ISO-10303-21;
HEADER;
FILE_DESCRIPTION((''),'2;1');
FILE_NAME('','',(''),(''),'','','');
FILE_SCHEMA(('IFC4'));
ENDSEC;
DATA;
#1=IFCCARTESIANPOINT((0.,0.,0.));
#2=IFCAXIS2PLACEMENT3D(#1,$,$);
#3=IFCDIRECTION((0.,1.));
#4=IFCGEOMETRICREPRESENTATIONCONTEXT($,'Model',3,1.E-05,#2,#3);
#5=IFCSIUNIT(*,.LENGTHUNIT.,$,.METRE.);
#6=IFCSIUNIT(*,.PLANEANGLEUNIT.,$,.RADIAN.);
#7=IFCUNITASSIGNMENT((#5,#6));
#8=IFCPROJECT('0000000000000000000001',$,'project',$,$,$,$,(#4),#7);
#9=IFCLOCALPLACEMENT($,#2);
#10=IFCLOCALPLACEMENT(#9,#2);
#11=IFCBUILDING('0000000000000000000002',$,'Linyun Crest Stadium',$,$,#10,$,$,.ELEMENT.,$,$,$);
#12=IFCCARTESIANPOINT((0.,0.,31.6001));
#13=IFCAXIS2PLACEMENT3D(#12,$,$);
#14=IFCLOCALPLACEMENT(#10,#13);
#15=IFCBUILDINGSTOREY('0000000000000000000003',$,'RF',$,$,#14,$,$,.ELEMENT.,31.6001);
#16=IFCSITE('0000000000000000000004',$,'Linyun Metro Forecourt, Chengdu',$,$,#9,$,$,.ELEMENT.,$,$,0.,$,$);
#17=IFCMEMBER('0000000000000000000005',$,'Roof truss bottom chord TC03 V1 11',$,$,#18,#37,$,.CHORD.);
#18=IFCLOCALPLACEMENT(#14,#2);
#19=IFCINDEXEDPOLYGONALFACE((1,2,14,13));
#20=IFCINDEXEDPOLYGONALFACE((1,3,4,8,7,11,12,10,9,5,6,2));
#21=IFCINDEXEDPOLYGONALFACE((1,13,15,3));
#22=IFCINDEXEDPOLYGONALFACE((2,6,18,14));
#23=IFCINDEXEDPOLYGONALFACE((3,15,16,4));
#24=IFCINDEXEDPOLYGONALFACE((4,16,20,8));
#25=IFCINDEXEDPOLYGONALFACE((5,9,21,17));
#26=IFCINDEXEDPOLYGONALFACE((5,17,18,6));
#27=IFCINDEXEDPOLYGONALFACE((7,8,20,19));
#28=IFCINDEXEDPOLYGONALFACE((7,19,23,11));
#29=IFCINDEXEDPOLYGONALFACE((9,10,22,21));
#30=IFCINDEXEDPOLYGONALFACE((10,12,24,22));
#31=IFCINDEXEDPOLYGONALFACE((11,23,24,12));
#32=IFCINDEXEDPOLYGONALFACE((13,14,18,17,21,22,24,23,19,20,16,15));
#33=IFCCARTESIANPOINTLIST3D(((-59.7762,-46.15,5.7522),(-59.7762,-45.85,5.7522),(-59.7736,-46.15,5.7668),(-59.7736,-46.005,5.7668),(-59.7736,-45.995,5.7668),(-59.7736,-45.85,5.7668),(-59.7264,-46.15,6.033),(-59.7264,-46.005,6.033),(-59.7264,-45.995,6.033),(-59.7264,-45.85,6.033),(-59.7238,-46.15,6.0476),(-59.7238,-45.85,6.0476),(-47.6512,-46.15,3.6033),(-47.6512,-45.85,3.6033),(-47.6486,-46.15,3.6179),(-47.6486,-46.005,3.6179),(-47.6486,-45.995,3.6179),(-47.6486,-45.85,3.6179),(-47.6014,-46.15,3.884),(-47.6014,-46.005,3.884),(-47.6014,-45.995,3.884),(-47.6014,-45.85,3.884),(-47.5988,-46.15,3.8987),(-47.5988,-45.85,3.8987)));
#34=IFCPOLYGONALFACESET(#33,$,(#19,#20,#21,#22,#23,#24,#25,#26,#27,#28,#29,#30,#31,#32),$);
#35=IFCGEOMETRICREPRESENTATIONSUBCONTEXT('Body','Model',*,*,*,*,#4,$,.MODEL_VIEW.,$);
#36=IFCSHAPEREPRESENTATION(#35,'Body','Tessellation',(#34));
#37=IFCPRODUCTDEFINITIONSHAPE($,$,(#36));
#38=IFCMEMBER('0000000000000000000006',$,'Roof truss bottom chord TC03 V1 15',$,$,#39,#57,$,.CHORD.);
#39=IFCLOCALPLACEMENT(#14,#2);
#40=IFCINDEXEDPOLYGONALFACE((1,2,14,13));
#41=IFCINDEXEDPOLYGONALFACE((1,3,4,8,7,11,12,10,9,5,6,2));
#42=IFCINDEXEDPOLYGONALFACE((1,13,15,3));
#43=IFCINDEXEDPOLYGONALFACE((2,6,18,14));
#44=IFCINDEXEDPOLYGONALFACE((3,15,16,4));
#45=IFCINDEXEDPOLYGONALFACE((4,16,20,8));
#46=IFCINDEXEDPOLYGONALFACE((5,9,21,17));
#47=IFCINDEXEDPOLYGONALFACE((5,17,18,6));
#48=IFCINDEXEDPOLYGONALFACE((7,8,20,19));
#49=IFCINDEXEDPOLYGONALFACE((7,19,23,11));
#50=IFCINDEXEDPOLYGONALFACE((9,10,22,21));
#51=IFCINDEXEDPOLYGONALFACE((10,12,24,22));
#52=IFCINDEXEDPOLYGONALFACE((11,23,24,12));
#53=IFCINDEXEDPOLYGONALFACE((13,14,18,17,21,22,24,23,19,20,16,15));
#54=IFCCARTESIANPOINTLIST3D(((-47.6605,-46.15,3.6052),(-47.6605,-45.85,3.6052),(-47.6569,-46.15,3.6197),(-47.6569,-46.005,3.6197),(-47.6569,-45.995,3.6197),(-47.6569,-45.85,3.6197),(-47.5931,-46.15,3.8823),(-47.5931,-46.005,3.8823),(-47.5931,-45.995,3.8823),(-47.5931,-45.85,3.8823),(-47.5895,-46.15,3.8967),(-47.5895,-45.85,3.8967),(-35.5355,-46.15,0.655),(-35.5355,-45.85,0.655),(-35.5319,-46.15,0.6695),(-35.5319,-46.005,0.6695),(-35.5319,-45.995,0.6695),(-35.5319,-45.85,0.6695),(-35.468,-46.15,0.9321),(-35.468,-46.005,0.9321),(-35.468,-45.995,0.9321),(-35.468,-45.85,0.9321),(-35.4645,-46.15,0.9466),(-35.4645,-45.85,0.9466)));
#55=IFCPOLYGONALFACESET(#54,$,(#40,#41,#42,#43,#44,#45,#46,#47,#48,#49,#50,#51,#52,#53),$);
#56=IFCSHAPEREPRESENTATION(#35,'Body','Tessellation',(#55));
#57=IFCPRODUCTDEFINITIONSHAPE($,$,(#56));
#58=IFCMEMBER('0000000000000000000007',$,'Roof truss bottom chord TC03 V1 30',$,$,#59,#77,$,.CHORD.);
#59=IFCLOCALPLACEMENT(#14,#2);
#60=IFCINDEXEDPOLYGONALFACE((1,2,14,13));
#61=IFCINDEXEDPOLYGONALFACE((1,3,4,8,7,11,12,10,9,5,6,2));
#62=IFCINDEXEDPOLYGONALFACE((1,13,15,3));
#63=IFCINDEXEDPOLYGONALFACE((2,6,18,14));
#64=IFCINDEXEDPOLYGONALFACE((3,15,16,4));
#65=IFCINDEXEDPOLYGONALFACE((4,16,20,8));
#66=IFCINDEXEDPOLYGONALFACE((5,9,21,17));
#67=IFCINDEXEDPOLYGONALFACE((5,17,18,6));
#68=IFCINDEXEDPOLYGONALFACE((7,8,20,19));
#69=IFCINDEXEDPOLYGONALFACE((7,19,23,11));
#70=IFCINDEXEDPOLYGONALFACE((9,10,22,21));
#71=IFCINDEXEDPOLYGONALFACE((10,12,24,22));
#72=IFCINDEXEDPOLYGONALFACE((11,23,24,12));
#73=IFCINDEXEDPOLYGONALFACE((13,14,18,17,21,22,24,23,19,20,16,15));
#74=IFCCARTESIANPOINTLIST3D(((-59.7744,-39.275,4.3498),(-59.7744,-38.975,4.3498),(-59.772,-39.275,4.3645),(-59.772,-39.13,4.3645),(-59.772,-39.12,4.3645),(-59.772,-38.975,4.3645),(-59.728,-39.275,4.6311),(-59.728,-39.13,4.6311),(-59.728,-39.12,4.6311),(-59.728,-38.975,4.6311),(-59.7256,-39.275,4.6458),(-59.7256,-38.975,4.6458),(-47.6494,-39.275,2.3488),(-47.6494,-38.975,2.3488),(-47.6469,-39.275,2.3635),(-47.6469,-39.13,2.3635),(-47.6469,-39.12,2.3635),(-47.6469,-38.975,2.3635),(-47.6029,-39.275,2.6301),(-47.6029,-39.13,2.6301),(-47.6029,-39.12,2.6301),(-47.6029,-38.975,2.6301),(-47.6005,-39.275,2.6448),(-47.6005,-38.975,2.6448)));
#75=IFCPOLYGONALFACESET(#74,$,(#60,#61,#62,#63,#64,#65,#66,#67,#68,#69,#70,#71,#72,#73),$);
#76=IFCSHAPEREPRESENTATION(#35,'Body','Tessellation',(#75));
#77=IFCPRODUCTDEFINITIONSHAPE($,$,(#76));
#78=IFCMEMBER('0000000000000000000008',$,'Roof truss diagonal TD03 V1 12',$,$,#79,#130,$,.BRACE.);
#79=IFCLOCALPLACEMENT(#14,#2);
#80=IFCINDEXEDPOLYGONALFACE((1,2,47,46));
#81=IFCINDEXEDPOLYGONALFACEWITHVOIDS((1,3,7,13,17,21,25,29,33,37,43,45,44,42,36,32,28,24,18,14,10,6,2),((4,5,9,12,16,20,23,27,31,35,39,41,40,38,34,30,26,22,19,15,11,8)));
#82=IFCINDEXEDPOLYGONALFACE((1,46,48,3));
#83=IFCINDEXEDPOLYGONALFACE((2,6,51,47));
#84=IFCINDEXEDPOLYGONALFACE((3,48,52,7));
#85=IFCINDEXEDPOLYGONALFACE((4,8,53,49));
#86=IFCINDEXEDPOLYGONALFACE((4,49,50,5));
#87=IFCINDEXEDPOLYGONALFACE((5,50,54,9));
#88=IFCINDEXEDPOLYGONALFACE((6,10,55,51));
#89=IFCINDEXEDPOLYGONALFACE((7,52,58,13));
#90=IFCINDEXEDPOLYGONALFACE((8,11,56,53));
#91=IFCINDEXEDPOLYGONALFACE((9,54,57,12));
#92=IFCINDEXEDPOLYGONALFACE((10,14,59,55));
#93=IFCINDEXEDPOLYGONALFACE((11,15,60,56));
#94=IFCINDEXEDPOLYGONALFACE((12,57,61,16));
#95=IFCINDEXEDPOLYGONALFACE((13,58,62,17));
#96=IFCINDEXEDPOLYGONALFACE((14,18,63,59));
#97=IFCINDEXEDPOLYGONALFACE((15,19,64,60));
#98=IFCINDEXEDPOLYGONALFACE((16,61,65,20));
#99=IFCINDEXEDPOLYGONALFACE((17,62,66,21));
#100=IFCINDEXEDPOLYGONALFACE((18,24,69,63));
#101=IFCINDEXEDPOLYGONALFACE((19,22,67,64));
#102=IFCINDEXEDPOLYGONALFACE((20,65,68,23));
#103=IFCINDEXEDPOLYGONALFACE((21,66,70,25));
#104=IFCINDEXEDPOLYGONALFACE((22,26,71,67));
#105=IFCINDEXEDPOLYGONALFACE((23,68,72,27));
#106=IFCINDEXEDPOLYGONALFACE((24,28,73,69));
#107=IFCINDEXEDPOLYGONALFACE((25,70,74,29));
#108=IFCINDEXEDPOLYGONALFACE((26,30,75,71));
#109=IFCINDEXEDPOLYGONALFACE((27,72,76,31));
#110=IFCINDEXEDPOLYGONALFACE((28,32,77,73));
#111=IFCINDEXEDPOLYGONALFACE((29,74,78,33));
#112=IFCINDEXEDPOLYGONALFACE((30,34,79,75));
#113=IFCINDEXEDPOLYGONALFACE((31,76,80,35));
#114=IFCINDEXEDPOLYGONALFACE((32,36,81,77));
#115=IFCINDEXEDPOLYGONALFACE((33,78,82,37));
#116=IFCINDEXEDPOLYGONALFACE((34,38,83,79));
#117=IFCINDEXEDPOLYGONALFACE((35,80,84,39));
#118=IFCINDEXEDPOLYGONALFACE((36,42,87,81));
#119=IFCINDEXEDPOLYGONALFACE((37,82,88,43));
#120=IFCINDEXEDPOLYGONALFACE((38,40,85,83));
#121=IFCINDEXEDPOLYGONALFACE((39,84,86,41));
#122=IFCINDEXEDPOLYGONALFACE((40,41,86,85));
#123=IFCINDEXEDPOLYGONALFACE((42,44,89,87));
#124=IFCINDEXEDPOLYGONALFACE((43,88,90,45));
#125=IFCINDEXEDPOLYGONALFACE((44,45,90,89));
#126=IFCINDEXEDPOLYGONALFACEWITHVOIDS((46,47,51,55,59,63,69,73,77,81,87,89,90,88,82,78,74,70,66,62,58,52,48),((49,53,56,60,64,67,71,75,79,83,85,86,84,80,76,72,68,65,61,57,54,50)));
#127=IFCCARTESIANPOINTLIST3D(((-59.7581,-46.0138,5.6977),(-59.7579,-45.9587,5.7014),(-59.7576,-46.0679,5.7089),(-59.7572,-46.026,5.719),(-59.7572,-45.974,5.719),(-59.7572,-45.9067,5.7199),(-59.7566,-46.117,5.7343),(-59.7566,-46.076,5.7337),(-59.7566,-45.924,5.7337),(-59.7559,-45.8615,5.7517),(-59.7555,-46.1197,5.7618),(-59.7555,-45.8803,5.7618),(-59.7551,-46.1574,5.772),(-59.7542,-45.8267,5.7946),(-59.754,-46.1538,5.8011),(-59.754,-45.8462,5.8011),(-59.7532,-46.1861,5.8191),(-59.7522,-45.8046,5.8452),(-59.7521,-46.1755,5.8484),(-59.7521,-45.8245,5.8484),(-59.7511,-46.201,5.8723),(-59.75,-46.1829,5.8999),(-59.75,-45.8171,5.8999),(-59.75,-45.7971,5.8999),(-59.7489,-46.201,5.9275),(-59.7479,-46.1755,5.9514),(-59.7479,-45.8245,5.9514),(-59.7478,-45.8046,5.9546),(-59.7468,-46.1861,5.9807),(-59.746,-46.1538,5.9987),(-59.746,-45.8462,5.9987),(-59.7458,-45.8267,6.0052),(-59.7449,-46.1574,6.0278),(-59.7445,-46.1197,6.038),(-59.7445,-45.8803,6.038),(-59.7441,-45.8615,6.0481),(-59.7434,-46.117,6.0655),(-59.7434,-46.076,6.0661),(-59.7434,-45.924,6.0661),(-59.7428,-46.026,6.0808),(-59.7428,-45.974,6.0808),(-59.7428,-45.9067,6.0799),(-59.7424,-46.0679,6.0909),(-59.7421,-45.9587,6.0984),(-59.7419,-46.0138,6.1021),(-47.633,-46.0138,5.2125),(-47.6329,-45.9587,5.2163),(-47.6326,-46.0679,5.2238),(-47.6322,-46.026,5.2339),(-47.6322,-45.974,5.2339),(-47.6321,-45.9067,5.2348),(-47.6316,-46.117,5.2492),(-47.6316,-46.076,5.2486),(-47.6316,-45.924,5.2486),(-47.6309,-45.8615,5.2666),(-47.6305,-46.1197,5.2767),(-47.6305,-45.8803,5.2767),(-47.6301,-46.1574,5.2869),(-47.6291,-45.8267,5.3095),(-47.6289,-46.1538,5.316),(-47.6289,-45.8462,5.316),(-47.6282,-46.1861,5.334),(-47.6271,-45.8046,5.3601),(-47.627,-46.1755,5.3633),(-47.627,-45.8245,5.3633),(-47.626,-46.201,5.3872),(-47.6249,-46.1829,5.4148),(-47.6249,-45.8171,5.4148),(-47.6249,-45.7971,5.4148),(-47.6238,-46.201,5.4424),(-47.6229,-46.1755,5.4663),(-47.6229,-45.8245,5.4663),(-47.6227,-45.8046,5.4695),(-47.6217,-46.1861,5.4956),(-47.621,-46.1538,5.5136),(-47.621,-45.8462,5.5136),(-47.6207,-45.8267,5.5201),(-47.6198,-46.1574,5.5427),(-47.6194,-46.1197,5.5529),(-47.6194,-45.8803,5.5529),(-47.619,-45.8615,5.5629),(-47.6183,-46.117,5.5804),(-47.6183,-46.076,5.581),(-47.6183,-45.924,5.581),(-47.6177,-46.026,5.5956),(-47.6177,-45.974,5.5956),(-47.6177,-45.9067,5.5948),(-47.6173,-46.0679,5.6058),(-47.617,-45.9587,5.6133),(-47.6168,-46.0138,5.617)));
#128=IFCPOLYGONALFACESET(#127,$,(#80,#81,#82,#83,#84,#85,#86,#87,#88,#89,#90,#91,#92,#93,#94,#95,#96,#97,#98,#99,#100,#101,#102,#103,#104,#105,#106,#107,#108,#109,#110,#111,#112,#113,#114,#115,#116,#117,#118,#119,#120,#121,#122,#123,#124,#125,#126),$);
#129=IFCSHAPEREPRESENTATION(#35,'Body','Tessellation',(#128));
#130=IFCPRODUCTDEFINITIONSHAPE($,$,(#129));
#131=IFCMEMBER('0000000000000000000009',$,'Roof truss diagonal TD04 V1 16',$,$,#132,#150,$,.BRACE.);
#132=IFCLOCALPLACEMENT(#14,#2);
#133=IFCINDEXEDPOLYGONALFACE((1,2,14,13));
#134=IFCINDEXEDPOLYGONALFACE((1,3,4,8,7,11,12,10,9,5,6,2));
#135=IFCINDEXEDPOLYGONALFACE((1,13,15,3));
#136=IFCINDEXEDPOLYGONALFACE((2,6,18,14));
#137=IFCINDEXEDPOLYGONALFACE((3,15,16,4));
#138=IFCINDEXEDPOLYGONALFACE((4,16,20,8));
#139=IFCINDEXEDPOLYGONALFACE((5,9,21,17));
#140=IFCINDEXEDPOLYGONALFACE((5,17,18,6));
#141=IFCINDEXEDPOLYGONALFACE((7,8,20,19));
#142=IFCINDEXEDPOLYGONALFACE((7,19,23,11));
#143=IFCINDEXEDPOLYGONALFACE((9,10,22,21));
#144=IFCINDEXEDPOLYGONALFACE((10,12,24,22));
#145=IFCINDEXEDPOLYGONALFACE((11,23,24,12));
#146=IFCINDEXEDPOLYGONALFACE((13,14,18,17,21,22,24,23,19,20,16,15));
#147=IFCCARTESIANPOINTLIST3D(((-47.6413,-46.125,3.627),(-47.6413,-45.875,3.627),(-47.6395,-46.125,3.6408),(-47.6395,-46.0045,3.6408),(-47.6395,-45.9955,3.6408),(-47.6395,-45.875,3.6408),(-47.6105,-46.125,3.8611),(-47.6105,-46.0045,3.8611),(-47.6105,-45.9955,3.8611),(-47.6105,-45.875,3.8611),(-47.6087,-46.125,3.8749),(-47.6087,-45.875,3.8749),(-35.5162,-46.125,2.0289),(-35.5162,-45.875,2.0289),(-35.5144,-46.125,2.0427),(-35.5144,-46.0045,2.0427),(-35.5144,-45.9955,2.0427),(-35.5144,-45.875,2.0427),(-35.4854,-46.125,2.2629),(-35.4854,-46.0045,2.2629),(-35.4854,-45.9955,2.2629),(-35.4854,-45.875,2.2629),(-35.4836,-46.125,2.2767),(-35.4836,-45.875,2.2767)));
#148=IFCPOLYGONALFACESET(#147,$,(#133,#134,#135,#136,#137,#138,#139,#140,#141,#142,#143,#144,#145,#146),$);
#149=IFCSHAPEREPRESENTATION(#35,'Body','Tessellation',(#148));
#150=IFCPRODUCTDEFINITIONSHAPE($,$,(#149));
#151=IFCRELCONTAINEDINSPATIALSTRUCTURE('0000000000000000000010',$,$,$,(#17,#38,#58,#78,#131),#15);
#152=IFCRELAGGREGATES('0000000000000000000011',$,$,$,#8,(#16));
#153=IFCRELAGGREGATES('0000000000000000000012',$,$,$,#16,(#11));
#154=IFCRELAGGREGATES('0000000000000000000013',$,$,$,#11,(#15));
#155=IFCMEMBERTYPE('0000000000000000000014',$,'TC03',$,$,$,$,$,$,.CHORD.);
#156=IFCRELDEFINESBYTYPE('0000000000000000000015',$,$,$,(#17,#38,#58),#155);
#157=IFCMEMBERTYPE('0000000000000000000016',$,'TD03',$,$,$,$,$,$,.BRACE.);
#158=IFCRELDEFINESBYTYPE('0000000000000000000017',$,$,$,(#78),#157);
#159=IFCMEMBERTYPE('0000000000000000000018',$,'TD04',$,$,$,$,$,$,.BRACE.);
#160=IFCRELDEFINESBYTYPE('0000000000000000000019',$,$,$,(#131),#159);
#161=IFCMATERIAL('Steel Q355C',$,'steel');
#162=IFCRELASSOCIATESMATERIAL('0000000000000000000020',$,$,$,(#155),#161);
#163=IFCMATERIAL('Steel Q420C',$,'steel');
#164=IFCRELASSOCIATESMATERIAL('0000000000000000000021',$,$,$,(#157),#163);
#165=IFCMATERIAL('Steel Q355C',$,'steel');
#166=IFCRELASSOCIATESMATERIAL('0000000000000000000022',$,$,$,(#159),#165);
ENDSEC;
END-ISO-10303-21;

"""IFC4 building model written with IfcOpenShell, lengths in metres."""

from ifc_helpers import new_model, si_unit, direction, frame, origin, origin_2d, place, context, subcontext, project, spatial, hollow_circle, i_section, extrude, material, material_profile, profile_set, type_object, element, save


model = new_model("IFC4")

# Units and contexts
model_context = context("Model", 3, precision=1e-05, world=origin(), true_north=direction((0.0, 1.0)))
body_context = subcontext(model_context, "Body", "Model", "MODEL_VIEW")
ifc_project = project(units=[si_unit("LENGTHUNIT", "METRE"), si_unit("PLANEANGLEUNIT", "RADIAN")], contexts=[model_context])

# Site, building, storey
site_placement = place(None, origin())
site = spatial("IfcSite", under=ifc_project, at=site_placement, Name="Linyun Metro Forecourt, Chengdu", CompositionType="ELEMENT", RefElevation=0.0)
building_placement = place(site_placement, origin())
building = spatial("IfcBuilding", under=site, at=building_placement, Name="Linyun Crest Stadium", CompositionType="ELEMENT")
storey_placement = place(building_placement, frame((0.0, 0.0, 31.6001)))
storey = spatial("IfcBuildingStorey", under=building, at=storey_placement, Name="RF", CompositionType="ELEMENT", Elevation=31.6001)

# Members
ifc_material_1 = material(Name="Steel Q355C", Category="steel")
ifc_material_profile_1 = material_profile(ifc_material_1, i_section(OverallWidth=0.3, OverallDepth=0.3, WebThickness=0.01, FlangeThickness=0.0149, at=origin_2d()), Name="HW 300x300")
ifc_profile_set_1 = profile_set([ifc_material_profile_1], Name="Steel Q355C")
member_type_1 = type_object("IfcMemberType", Name="TC03", PredefinedType="CHORD", material=ifc_profile_set_1)
member_1_placement = place(storey_placement, frame((-59.75, -46.0, 5.8999), z_axis=(0.984655, 0.0, -0.174511), x_axis=(0.0, 1.0, 0.0)))
element("IfcMember", 1, at=member_1_placement, inside=storey, type_object=member_type_1, Name="Roof truss bottom chord TC03 V1 11", PredefinedType="CHORD", context=body_context, shape_type="SweptSolid", body=[
    extrude(i_section(OverallWidth=0.3, OverallDepth=0.3, WebThickness=0.01, FlangeThickness=0.0149, at=origin_2d()), origin(), (0.0, 0.0, 1.0), 12.314),
])
member_2_placement = place(storey_placement, frame((-47.625, -46.0, 3.751), z_axis=(0.971652, 0.0, -0.236417), x_axis=(0.0, 1.0, 0.0)))
element("IfcMember", 2, at=member_2_placement, inside=storey, type_object=member_type_1, Name="Roof truss bottom chord TC03 V1 15", PredefinedType="CHORD", context=body_context, shape_type="SweptSolid", body=[
    extrude(i_section(OverallWidth=0.3, OverallDepth=0.3, WebThickness=0.01, FlangeThickness=0.0149, at=origin_2d()), origin(), (0.0, 0.0, 1.0), 12.4788),
])
member_3_placement = place(storey_placement, frame((-59.75, -39.125, 4.4978), z_axis=(0.986655, 0.0, -0.162827), x_axis=(0.0, 1.0, 0.0)))
element("IfcMember", 3, at=member_3_placement, inside=storey, type_object=member_type_1, Name="Roof truss bottom chord TC03 V1 30", PredefinedType="CHORD", context=body_context, shape_type="SweptSolid", body=[
    extrude(i_section(OverallWidth=0.3, OverallDepth=0.3, WebThickness=0.01, FlangeThickness=0.0149, at=origin_2d()), origin(), (0.0, 0.0, 1.0), 12.2891),
])
ifc_material_2 = material(Name="Steel Q420C", Category="steel")
ifc_material_profile_2 = material_profile(ifc_material_2, hollow_circle(Radius=0.2029, WallThickness=0.02, at=origin_2d()), Name="CHS 406x20")
ifc_profile_set_2 = profile_set([ifc_material_profile_2], Name="Steel Q420C")
member_type_2 = type_object("IfcMemberType", Name="TD03", PredefinedType="BRACE", material=ifc_profile_set_2)
member_4_placement = place(storey_placement, frame((-59.75, -46.0, 5.8999), z_axis=(0.999201, 0.0, -0.039977), x_axis=(0.0, 1.0, 0.0)))
element("IfcMember", 4, at=member_4_placement, inside=storey, type_object=member_type_2, Name="Roof truss diagonal TD03 V1 12", PredefinedType="BRACE", context=body_context, shape_type="SweptSolid", body=[
    extrude(hollow_circle(Radius=0.2029, WallThickness=0.02, at=origin_2d()), origin(), (0.0, 0.0, 1.0), 12.1348),
])
ifc_material_3 = material(Name="Steel Q355C", Category="steel")
ifc_material_profile_3 = material_profile(ifc_material_3, i_section(OverallWidth=0.25, OverallDepth=0.25, WebThickness=0.009, FlangeThickness=0.0139, at=origin_2d()), Name="HW 250x250")
ifc_profile_set_3 = profile_set([ifc_material_profile_3], Name="Steel Q355C")
member_type_3 = type_object("IfcMemberType", Name="TD04", PredefinedType="BRACE", material=ifc_profile_set_3)
member_5_placement = place(storey_placement, frame((-47.625, -46.0, 3.751), z_axis=(0.991425, 0.0, -0.130676), x_axis=(0.0, 1.0, 0.0)))
element("IfcMember", 5, at=member_5_placement, inside=storey, type_object=member_type_3, Name="Roof truss diagonal TD04 V1 16", PredefinedType="BRACE", context=body_context, shape_type="SweptSolid", body=[
    extrude(i_section(OverallWidth=0.25, OverallDepth=0.25, WebThickness=0.009, FlangeThickness=0.0139, at=origin_2d()), origin(), (0.0, 0.0, 1.0), 12.23),
])

save(model, "model.ifc")
